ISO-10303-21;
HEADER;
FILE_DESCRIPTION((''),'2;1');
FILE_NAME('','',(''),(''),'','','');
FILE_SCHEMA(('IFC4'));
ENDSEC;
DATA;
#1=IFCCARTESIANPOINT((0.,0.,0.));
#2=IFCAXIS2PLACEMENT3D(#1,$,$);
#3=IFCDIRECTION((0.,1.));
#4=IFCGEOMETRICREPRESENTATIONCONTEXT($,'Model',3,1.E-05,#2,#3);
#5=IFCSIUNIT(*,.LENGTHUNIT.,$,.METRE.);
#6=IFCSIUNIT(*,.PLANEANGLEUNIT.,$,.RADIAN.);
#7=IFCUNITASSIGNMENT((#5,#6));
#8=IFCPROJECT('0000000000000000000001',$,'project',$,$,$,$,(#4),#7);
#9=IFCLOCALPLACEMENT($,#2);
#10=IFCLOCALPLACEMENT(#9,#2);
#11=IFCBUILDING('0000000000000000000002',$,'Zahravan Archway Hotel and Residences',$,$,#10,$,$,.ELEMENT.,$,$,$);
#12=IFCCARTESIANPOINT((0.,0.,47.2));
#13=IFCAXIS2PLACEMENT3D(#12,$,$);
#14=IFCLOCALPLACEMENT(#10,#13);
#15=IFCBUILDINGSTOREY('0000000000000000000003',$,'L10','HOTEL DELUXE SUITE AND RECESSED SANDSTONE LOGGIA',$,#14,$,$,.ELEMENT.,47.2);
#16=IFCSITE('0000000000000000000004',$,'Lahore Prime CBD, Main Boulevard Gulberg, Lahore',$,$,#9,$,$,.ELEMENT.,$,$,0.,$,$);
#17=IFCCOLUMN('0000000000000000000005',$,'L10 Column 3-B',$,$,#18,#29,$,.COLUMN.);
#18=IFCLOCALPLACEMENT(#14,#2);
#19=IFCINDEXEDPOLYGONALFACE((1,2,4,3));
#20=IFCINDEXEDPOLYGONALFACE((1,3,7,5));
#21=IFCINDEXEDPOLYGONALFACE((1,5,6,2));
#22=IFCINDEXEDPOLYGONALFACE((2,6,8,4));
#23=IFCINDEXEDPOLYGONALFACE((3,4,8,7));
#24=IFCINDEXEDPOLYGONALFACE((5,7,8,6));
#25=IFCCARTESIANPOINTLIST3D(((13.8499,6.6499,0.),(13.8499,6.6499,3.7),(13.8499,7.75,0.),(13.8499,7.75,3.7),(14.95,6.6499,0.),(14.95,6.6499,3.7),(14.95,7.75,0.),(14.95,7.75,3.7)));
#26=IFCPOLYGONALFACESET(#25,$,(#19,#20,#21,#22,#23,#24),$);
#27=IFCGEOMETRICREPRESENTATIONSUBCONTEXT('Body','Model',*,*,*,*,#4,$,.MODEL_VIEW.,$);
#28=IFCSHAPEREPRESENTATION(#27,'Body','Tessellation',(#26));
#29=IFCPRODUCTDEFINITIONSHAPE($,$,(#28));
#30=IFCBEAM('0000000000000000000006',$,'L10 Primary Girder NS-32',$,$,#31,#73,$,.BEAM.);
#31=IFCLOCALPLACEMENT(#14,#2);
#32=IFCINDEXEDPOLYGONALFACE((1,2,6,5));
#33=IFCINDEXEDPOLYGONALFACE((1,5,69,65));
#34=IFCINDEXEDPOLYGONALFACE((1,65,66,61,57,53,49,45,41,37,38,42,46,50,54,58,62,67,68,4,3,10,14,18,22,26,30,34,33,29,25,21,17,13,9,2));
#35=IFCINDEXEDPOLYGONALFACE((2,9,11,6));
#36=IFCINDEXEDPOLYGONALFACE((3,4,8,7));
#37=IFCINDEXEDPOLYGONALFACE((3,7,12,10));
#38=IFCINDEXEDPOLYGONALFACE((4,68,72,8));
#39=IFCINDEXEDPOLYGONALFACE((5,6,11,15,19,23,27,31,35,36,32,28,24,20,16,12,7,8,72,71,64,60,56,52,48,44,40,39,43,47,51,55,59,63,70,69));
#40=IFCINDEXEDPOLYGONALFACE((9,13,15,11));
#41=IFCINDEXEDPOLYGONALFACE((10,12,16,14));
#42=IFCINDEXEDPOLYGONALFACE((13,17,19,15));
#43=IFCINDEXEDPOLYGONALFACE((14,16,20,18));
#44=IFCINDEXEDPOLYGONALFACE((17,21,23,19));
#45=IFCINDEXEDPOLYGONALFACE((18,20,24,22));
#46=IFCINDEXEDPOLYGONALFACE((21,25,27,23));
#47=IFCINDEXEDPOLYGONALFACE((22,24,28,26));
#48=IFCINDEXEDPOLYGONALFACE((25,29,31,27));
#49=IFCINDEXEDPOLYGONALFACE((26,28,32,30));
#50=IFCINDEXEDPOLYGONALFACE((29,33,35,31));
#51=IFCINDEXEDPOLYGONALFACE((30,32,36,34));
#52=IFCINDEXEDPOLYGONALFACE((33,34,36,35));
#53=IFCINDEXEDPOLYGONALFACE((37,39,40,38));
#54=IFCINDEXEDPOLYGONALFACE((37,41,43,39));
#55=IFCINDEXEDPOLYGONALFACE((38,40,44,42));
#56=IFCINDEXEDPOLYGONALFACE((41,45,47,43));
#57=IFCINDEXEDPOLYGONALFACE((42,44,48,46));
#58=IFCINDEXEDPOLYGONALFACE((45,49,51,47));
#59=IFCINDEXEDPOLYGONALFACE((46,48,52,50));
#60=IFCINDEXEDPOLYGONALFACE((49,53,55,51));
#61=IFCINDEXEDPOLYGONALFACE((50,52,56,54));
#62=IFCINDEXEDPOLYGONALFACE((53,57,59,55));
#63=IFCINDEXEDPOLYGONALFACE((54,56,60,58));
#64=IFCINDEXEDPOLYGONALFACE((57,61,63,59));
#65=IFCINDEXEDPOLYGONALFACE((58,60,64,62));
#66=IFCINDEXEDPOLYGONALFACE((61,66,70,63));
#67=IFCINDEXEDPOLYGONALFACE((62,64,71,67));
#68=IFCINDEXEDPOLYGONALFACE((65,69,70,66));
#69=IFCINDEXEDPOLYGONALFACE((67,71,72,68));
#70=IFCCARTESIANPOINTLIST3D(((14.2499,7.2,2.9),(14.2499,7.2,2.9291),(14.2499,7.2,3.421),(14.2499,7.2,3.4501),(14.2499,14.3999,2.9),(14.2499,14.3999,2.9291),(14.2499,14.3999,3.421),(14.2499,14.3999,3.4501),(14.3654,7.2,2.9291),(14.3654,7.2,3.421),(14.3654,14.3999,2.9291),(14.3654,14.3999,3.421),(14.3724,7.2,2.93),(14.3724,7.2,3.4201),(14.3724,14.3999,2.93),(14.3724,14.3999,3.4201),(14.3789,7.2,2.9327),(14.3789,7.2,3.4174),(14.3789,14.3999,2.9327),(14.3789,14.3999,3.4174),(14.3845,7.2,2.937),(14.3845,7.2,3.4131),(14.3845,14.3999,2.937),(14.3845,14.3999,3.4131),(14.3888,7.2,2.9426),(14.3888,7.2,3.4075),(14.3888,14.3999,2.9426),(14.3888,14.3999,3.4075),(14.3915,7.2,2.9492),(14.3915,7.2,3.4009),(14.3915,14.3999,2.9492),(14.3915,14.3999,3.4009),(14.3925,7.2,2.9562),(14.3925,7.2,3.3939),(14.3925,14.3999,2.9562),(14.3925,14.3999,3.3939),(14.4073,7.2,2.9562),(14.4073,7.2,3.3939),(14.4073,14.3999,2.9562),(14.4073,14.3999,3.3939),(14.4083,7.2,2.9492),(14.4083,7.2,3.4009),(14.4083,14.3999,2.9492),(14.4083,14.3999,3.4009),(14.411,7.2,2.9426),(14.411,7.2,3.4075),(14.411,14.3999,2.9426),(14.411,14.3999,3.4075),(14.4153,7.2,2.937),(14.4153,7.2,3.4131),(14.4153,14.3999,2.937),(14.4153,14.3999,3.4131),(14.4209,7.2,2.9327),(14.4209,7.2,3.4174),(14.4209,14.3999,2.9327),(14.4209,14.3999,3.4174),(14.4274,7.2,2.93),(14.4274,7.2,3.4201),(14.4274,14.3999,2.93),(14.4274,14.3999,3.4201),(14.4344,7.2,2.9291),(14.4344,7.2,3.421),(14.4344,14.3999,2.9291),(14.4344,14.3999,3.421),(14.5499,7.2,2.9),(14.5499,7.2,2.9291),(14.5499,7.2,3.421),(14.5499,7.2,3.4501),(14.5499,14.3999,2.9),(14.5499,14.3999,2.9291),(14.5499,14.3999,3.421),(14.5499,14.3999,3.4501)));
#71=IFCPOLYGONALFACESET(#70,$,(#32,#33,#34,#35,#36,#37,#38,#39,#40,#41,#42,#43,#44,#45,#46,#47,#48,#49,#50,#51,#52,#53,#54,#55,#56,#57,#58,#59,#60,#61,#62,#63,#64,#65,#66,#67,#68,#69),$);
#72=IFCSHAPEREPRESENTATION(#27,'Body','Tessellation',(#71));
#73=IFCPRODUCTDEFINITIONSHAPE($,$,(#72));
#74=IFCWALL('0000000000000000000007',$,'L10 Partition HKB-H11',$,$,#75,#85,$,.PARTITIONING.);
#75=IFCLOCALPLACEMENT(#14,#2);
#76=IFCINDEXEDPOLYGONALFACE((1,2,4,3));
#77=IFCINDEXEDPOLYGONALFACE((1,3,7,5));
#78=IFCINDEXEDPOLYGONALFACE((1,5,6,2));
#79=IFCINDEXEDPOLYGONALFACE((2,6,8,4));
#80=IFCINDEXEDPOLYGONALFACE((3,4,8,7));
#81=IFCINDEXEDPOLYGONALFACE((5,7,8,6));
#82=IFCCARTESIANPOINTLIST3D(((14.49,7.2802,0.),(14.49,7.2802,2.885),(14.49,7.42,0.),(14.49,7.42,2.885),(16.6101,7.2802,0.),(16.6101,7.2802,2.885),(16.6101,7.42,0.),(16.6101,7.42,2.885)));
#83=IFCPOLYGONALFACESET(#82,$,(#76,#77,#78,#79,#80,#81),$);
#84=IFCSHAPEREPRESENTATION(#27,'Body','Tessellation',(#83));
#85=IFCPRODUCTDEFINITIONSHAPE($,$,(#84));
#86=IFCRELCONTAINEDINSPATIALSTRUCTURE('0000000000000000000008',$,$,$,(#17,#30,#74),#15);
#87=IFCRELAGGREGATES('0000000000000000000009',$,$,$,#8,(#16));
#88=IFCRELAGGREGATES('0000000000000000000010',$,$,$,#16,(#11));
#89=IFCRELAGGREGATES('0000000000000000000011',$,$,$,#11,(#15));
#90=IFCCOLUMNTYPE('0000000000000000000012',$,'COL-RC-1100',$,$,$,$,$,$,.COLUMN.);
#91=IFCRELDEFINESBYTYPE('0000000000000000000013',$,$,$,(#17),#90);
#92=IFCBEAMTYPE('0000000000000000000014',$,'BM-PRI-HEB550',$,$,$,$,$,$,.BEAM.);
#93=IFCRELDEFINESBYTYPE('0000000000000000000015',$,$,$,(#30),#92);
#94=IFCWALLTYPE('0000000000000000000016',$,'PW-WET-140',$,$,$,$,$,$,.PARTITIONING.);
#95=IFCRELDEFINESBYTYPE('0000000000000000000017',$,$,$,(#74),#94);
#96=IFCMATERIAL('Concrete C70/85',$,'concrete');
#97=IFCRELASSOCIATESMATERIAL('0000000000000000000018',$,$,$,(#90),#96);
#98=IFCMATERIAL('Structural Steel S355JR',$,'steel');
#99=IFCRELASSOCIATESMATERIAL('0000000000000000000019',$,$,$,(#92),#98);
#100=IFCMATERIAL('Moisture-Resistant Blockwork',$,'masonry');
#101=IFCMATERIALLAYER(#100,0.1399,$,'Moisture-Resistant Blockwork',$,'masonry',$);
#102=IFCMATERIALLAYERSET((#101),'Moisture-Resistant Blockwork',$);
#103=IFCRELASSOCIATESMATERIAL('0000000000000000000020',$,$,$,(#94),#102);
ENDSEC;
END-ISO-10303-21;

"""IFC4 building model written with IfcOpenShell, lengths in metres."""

from ifc_helpers import new_model, si_unit, direction, frame, frame_2d, origin, origin_2d, place, context, subcontext, project, spatial, rectangle, i_section, extrude, source, transform, mapped, material, layer, layer_set, material_profile, profile_set, type_object, element, save


model = new_model("IFC4")

# Units and contexts
model_context = context("Model", 3, precision=1e-05, world=origin(), true_north=direction((0.0, 1.0)))
body_context = subcontext(model_context, "Body", "Model", "MODEL_VIEW")
ifc_project = project(units=[si_unit("LENGTHUNIT", "METRE"), si_unit("PLANEANGLEUNIT", "RADIAN")], contexts=[model_context])

# Site, building, storey
site_placement = place(None, origin())
site = spatial("IfcSite", under=ifc_project, at=site_placement, Name="Lahore Prime CBD, Main Boulevard Gulberg, Lahore", CompositionType="ELEMENT", RefElevation=0.0)
building_placement = place(site_placement, origin())
building = spatial("IfcBuilding", under=site, at=building_placement, Name="Zahravan Archway Hotel and Residences", CompositionType="ELEMENT")
storey_placement = place(building_placement, frame((0.0, 0.0, 47.2)))
storey = spatial("IfcBuildingStorey", under=building, at=storey_placement, Name="L10", Description="HOTEL DELUXE SUITE AND RECESSED SANDSTONE LOGGIA", CompositionType="ELEMENT", Elevation=47.2)

# Column
ifc_material_1 = material(Name="Concrete C70/85", Category="concrete")
ifc_material_profile_1 = material_profile(ifc_material_1, rectangle(XDim=1.1001, YDim=1.1001, at=origin_2d()), Name="RC 1100x1100", Category="concrete")
ifc_profile_set_1 = profile_set([ifc_material_profile_1], Name="Concrete C70/85")
column_type = type_object("IfcColumnType", Name="COL-RC-1100", PredefinedType="COLUMN", material=ifc_profile_set_1)
shared_shape_1 = source(origin(), body_context, "Body", "SweptSolid", [
    extrude(rectangle(XDim=1.1001, YDim=1.1001, at=origin_2d()), origin(), (0.0, 0.0, 1.0), 3.7),
])
column_placement = place(storey_placement, frame((14.3999, 7.2, 0.0), z_axis=(0.0, 0.0, 1.0), x_axis=(1.0, 0.0, 0.0)))
element("IfcColumn", 1, at=column_placement, inside=storey, type_object=column_type, Name="L10 Column 3-B", PredefinedType="COLUMN", context=body_context, shape_type="MappedRepresentation", body=[
    mapped(shared_shape_1, transform((0.0, 0.0, 0.0), scale=1.0)),
])

# Beam
ifc_material_2 = material(Name="Structural Steel S355JR", Category="steel")
ifc_material_profile_2 = material_profile(ifc_material_2, i_section(OverallWidth=0.3, OverallDepth=0.55, WebThickness=0.0149, FlangeThickness=0.0291, FilletRadius=0.0271, at=origin_2d()), Name="HEB 550", Category="steel")
ifc_profile_set_2 = profile_set([ifc_material_profile_2], Name="Structural Steel S355JR")
beam_type = type_object("IfcBeamType", Name="BM-PRI-HEB550", PredefinedType="BEAM", material=ifc_profile_set_2)
shared_shape_2 = source(origin(), body_context, "Body", "SweptSolid", [
    extrude(i_section(OverallWidth=0.3, OverallDepth=0.55, WebThickness=0.0149, FlangeThickness=0.0291, FilletRadius=0.0271, at=origin_2d()), origin(), (0.0, 0.0, 1.0), 7.2),
])
beam_placement = place(storey_placement, frame((14.3999, 7.2, 3.175), z_axis=(0.0, 1.0, 0.0), x_axis=(-1.0, 0.0, 0.0)))
element("IfcBeam", 2, at=beam_placement, inside=storey, type_object=beam_type, Name="L10 Primary Girder NS-32", PredefinedType="BEAM", context=body_context, shape_type="MappedRepresentation", body=[
    mapped(shared_shape_2, transform((0.0, 0.0, 0.0), scale=1.0)),
])

# Wall
ifc_material_3 = material(Name="Moisture-Resistant Blockwork", Category="masonry")
ifc_layer = layer(ifc_material_3, 0.1399, Name="Moisture-Resistant Blockwork", Category="masonry")
ifc_layer_set = layer_set([ifc_layer], Name="Moisture-Resistant Blockwork")
wall_type = type_object("IfcWallType", Name="PW-WET-140", PredefinedType="PARTITIONING", material=ifc_layer_set)
wall_placement = place(storey_placement, frame((14.49, 7.3501, 0.0), z_axis=(0.0, 0.0, 1.0), x_axis=(1.0, 0.0, 0.0)))
element("IfcWall", 3, at=wall_placement, inside=storey, type_object=wall_type, Name="L10 Partition HKB-H11", PredefinedType="PARTITIONING", context=body_context, shape_type="SweptSolid", body=[
    extrude(rectangle(XDim=2.1201, YDim=0.1399, at=frame_2d((1.0601, 0.0))), origin(), (0.0, 0.0, 1.0), 2.885),
])

save(model, "model.ifc")
